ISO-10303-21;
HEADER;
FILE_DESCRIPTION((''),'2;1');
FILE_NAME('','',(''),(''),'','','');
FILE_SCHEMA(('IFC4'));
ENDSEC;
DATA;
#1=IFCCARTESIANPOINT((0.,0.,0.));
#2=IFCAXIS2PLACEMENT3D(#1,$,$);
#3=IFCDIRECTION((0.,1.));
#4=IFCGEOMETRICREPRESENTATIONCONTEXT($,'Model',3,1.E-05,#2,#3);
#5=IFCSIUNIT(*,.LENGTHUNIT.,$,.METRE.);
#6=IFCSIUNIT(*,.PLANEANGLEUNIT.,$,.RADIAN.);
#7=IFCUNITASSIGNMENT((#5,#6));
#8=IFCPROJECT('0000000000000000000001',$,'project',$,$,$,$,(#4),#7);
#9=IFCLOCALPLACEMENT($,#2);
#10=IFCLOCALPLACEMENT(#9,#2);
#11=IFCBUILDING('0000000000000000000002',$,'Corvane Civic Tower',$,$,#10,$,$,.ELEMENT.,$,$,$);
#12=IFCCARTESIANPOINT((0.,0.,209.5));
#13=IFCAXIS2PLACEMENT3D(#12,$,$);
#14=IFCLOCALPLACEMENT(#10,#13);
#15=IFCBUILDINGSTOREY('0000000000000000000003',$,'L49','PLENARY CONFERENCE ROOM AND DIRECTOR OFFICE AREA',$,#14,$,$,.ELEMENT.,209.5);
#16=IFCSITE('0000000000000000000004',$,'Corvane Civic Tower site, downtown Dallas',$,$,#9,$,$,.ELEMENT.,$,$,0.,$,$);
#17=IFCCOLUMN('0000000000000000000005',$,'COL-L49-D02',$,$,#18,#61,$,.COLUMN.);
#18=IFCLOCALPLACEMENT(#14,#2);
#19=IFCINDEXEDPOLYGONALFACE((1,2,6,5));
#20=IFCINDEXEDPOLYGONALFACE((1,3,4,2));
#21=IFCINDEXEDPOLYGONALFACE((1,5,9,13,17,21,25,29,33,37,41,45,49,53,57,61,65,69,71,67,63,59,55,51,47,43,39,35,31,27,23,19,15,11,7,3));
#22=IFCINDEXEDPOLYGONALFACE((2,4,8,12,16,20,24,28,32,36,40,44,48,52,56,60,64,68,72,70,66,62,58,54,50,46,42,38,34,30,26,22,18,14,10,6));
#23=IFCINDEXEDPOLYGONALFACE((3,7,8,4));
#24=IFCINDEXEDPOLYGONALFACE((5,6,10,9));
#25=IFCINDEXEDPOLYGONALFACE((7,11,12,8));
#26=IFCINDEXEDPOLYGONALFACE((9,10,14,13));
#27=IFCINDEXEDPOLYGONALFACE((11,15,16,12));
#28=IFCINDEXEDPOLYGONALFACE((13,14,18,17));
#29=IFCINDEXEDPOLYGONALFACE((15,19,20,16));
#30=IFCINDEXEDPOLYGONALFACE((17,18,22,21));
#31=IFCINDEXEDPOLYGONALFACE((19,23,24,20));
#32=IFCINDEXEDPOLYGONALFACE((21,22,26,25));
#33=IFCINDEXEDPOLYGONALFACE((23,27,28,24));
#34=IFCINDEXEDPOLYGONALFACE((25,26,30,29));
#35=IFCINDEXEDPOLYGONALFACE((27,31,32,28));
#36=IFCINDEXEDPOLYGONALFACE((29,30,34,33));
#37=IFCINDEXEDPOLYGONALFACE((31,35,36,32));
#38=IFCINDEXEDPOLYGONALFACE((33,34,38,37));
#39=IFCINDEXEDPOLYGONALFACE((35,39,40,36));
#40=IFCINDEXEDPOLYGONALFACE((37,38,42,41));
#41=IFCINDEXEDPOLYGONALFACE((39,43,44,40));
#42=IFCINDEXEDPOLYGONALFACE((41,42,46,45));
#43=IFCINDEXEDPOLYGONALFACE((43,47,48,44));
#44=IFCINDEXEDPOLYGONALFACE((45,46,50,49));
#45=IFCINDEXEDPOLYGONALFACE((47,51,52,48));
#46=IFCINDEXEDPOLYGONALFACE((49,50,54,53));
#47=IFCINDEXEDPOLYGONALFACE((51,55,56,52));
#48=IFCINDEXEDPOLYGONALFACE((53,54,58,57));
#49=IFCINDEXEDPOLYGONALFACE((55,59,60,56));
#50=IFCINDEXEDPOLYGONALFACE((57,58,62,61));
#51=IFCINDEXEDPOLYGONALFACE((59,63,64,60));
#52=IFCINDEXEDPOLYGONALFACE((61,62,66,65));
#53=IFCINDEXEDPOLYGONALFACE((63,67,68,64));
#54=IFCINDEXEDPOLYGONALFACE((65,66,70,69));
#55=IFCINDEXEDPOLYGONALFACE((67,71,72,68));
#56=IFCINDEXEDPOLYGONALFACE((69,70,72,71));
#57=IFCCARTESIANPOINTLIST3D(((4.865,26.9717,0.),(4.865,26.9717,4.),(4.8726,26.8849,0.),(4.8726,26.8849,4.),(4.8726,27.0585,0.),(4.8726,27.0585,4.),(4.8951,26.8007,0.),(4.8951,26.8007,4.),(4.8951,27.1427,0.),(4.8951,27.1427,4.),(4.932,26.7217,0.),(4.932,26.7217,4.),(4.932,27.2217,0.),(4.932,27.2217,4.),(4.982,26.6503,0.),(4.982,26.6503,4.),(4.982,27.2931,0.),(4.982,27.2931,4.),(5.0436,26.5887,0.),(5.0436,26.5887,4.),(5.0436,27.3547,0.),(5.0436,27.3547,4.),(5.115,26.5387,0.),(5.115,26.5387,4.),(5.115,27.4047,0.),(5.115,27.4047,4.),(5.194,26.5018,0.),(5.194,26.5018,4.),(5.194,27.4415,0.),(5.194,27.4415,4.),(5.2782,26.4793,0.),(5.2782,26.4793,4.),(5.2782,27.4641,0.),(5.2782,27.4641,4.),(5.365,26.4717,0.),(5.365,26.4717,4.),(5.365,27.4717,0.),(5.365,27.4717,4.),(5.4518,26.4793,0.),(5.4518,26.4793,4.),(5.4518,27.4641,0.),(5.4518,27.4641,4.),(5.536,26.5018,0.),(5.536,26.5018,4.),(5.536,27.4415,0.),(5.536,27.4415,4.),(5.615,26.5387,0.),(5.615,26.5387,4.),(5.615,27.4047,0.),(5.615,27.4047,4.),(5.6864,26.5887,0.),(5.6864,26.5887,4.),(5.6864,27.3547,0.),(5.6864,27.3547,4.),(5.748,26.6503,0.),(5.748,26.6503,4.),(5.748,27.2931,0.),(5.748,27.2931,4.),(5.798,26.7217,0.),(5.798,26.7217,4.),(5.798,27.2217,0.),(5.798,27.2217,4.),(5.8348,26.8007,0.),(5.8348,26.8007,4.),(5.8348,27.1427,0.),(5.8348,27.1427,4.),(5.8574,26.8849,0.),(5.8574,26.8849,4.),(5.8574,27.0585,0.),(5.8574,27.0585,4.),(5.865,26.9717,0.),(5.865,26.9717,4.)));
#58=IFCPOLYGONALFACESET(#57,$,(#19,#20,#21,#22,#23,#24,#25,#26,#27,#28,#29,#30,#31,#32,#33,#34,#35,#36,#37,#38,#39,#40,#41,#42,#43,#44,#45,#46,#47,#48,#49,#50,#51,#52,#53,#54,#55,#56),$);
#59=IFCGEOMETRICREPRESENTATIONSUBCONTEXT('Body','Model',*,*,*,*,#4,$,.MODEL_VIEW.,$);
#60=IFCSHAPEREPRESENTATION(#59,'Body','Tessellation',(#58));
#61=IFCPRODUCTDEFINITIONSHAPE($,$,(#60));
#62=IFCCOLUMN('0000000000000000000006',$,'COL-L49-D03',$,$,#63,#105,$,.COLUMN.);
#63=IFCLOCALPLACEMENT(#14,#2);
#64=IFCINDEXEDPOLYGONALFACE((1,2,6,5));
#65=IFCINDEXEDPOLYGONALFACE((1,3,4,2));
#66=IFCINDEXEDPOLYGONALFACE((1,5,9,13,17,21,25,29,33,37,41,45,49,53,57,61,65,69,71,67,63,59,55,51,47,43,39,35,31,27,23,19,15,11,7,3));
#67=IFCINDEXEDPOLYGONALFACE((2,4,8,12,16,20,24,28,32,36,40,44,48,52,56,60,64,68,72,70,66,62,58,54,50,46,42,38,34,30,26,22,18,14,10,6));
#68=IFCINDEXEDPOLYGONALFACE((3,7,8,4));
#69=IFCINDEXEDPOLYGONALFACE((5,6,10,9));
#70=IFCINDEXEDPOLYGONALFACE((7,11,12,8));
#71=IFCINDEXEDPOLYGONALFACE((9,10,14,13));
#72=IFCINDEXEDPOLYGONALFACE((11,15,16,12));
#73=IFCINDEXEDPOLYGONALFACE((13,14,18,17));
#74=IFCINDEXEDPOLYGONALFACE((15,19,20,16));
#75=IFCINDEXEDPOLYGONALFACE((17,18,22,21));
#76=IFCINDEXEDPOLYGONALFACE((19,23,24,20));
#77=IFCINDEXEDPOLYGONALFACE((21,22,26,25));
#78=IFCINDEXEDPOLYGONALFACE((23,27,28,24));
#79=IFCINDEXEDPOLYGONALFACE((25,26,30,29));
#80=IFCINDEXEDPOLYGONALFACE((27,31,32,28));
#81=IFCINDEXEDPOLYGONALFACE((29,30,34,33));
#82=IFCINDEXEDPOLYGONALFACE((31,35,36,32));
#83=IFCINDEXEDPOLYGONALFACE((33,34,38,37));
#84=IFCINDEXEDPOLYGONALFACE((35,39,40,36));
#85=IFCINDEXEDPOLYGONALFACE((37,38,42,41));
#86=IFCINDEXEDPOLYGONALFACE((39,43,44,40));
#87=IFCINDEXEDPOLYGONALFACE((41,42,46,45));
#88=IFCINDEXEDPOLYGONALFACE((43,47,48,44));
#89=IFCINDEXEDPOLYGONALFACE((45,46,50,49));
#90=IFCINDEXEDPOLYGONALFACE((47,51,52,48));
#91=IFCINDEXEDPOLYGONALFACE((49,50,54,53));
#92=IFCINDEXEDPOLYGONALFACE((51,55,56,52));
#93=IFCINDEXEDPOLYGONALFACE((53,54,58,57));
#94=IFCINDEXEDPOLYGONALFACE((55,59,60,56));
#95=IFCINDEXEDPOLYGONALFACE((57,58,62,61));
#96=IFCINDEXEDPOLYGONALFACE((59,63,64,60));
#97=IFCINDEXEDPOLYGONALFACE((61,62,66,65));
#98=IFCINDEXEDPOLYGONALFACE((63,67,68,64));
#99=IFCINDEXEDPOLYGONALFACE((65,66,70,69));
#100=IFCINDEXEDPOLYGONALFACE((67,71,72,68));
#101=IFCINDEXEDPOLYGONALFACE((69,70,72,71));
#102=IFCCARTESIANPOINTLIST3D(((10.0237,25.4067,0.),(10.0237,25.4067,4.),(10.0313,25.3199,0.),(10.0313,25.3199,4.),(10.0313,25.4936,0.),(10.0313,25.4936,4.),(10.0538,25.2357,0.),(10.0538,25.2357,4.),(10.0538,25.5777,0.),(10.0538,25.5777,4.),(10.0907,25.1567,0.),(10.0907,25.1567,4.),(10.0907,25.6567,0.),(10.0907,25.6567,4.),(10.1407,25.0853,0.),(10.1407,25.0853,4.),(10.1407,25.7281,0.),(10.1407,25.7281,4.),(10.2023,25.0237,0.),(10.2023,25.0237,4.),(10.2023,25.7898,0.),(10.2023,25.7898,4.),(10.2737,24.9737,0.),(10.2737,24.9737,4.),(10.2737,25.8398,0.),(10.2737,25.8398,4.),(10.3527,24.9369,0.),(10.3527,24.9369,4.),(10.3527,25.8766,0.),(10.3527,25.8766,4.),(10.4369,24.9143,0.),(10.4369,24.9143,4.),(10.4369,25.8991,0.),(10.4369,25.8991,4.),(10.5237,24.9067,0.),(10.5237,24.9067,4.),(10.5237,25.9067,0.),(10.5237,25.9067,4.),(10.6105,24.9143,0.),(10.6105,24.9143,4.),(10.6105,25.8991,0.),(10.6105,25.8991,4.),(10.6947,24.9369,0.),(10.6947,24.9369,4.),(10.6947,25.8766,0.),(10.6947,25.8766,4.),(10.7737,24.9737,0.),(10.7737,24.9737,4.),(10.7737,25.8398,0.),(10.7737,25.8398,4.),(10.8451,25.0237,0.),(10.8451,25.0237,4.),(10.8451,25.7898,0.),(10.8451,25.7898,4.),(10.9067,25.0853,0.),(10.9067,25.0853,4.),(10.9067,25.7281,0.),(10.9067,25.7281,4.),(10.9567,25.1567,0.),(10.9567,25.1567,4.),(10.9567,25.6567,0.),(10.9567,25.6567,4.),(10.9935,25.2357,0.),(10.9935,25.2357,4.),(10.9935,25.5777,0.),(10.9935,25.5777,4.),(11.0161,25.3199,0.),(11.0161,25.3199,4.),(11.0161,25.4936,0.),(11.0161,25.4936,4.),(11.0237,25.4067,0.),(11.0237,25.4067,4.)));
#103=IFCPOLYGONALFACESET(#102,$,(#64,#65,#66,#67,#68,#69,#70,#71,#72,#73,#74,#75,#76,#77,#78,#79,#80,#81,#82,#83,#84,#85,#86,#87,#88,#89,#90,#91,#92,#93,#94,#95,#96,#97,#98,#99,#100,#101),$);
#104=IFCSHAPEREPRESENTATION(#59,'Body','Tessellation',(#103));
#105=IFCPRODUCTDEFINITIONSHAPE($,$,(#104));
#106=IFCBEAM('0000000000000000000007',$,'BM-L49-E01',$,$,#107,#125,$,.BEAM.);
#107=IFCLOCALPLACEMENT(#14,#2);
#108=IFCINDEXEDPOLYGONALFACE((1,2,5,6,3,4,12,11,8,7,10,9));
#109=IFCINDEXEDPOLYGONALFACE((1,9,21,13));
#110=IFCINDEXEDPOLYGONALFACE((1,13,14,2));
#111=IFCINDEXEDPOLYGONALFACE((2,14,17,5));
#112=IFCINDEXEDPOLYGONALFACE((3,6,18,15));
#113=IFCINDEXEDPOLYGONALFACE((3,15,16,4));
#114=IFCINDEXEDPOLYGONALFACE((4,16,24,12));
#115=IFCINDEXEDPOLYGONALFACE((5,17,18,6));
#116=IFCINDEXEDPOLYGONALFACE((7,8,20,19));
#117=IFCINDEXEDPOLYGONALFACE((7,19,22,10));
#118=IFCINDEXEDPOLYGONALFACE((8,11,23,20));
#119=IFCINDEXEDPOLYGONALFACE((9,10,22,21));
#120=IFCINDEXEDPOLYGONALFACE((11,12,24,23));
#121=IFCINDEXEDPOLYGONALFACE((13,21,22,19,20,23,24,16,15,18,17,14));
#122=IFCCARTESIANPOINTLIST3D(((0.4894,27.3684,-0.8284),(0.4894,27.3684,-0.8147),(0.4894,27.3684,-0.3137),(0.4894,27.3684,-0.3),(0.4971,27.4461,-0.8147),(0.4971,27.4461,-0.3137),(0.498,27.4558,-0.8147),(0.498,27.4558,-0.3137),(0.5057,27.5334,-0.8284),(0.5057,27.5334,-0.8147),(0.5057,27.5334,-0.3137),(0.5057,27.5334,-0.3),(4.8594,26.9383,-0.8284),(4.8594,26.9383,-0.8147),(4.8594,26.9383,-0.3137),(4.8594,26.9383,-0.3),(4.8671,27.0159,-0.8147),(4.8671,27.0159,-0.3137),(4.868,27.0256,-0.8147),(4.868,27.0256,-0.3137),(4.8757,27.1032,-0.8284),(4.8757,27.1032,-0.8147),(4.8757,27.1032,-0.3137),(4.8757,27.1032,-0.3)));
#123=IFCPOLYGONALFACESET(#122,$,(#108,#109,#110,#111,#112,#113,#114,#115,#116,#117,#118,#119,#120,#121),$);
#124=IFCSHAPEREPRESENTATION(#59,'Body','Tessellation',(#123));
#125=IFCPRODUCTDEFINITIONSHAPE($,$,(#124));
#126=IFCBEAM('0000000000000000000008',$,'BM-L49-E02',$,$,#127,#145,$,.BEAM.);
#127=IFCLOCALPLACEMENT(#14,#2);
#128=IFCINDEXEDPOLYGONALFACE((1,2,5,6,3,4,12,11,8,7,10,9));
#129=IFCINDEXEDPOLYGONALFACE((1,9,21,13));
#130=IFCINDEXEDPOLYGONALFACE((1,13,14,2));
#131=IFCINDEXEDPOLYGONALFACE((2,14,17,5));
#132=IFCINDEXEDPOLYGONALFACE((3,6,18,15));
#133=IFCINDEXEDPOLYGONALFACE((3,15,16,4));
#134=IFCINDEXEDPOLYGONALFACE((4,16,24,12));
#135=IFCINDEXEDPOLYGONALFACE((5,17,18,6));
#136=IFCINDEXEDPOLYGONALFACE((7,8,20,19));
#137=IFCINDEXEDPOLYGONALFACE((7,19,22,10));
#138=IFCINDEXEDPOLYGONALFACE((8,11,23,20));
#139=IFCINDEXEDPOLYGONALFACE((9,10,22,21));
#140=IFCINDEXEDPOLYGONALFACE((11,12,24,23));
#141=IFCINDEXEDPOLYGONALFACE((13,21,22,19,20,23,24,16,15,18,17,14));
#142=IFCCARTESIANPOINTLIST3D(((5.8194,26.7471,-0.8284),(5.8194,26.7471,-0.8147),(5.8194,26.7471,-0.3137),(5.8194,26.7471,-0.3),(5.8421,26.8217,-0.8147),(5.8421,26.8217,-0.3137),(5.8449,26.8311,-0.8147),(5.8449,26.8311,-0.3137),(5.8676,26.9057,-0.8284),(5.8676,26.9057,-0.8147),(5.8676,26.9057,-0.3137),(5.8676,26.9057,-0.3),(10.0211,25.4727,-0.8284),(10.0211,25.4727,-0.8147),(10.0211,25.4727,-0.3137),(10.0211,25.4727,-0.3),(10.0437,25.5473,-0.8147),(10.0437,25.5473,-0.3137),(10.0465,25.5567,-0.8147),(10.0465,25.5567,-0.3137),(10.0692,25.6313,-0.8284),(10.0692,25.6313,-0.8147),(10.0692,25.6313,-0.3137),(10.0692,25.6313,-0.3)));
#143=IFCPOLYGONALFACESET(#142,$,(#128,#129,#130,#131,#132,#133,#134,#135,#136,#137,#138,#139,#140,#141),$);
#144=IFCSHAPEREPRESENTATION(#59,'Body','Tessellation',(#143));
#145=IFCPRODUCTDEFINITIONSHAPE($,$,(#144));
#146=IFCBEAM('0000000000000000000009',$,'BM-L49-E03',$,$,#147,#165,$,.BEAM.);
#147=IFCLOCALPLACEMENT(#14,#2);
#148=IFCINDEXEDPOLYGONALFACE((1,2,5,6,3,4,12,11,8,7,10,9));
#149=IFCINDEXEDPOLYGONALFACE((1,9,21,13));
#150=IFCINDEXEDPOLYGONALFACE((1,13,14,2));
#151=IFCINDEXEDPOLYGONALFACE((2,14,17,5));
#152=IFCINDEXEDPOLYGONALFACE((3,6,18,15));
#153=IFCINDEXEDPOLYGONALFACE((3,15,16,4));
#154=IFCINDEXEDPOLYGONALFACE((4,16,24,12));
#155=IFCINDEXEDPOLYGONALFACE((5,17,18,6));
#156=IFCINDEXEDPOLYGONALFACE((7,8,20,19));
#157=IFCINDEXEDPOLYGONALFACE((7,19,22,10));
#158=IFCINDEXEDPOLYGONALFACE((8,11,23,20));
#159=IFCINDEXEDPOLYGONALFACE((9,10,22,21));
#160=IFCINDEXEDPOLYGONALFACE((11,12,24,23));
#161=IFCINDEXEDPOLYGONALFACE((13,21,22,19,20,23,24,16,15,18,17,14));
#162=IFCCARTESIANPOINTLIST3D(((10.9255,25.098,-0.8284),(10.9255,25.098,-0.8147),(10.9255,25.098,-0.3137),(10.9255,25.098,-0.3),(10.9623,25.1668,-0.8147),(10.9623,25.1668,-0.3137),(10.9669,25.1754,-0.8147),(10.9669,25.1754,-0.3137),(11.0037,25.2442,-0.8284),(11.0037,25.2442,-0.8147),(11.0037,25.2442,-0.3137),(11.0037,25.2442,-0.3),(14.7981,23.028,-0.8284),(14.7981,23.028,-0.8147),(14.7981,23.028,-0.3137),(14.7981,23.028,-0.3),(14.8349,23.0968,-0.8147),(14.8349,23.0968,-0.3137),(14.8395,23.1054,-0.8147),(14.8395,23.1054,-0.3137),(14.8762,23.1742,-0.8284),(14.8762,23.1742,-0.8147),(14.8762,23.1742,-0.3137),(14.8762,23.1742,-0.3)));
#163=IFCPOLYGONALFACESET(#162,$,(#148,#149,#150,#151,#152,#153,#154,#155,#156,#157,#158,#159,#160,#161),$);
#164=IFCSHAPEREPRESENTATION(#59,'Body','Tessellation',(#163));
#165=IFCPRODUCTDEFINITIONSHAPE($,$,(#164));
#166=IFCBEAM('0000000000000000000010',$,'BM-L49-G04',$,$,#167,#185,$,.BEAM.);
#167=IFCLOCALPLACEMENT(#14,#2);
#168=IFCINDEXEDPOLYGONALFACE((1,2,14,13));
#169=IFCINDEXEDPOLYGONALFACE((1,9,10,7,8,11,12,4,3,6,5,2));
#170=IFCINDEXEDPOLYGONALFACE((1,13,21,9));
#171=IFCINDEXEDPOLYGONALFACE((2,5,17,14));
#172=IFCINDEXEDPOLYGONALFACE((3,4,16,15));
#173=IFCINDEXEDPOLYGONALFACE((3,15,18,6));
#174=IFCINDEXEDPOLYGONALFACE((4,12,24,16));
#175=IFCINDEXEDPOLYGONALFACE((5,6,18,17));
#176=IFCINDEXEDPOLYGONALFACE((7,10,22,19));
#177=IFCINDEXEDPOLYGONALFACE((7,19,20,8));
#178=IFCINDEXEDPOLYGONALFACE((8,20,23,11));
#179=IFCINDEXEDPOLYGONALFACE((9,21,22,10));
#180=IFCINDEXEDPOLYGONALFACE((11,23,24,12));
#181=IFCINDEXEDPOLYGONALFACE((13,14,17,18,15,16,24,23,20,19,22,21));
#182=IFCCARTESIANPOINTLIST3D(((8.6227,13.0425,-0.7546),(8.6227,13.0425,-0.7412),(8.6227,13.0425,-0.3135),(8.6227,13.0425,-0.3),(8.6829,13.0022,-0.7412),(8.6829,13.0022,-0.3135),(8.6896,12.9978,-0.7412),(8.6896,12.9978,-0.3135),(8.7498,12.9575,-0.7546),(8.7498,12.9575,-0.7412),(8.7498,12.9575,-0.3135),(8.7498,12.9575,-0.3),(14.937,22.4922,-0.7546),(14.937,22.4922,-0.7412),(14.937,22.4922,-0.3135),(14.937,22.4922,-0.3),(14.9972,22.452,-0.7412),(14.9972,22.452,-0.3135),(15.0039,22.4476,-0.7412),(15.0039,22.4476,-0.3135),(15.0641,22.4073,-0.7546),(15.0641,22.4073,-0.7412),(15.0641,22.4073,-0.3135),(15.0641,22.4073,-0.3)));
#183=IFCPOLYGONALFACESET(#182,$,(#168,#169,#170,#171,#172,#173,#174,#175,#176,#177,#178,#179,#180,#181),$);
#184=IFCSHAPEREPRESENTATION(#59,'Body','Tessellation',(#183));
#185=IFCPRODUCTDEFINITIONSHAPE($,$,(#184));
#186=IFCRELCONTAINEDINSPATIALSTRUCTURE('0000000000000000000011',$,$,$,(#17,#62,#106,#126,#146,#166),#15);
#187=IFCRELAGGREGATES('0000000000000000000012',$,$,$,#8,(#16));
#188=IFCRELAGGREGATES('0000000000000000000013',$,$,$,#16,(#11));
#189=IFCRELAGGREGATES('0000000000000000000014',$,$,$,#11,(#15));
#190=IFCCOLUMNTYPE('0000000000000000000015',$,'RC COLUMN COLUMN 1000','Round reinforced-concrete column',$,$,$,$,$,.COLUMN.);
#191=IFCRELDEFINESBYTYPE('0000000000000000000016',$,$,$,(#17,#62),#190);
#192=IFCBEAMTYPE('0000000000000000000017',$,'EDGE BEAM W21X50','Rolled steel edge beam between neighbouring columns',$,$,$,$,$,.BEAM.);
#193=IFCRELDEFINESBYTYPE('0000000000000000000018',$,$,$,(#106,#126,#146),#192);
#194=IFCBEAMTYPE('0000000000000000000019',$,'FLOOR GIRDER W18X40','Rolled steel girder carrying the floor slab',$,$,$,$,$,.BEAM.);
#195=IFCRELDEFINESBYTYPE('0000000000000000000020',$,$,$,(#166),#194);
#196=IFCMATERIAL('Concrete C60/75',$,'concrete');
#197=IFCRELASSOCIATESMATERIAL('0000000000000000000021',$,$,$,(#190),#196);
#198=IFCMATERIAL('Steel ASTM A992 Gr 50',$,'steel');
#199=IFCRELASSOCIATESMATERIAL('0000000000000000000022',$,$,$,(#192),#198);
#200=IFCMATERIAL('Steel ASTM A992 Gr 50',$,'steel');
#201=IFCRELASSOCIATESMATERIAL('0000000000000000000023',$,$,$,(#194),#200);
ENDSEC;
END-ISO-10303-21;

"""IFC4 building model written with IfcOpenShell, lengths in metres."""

from ifc_helpers import new_model, si_unit, direction, frame, origin, origin_2d, place, context, subcontext, project, spatial, circle, i_section, extrude, material, material_profile, profile_set, type_object, element, save


model = new_model("IFC4")

# Units and contexts
model_context = context("Model", 3, precision=1e-05, world=origin(), true_north=direction((0.0, 1.0)))
body_context = subcontext(model_context, "Body", "Model", "MODEL_VIEW")
ifc_project = project(units=[si_unit("LENGTHUNIT", "METRE"), si_unit("PLANEANGLEUNIT", "RADIAN")], contexts=[model_context])

# Site, building, storey
site_placement = place(None, origin())
site = spatial("IfcSite", under=ifc_project, at=site_placement, Name="Corvane Civic Tower site, downtown Dallas", CompositionType="ELEMENT", RefElevation=0.0)
building_placement = place(site_placement, origin())
building = spatial("IfcBuilding", under=site, at=building_placement, Name="Corvane Civic Tower", CompositionType="ELEMENT")
storey_placement = place(building_placement, frame((0.0, 0.0, 209.5)))
storey = spatial("IfcBuildingStorey", under=building, at=storey_placement, Name="L49", Description="PLENARY CONFERENCE ROOM AND DIRECTOR OFFICE AREA", CompositionType="ELEMENT", Elevation=209.5)

# Columns
ifc_material_1 = material(Name="Concrete C60/75", Category="concrete")
ifc_material_profile_1 = material_profile(ifc_material_1, circle(Radius=0.5, at=origin_2d()), Name="COLUMN 1000")
ifc_profile_set_1 = profile_set([ifc_material_profile_1], Name="Concrete C60/75")
column_type = type_object("IfcColumnType", Name="RC COLUMN COLUMN 1000", Description="Round reinforced-concrete column", PredefinedType="COLUMN", material=ifc_profile_set_1)
for number, where, z_axis, x_axis, name in (
    (1, (5.365, 26.9717, 0.0), (0.0, 0.0, 1.0), (1.0, 0.0, 0.0), "COL-L49-D02"),
    (2, (10.5237, 25.4067, 0.0), (0.0, 0.0, 1.0), (1.0, 0.0, 0.0), "COL-L49-D03"),
):
    element("IfcColumn", number, at=place(storey_placement, frame(where, z_axis=z_axis, x_axis=x_axis)), inside=storey, type_object=column_type, Name=name, PredefinedType="COLUMN", context=body_context, shape_type="SweptSolid", body=[
        extrude(circle(Radius=0.5, at=origin_2d()), origin(), (0.0, 0.0, 1.0), 4.0),
    ])

# Beams
ifc_material_2 = material(Name="Steel ASTM A992 Gr 50", Category="steel")
ifc_material_profile_2 = material_profile(ifc_material_2, i_section(OverallWidth=0.1658, OverallDepth=0.5283, WebThickness=0.0098, FlangeThickness=0.0137, at=origin_2d()), Name="W21X50")
ifc_profile_set_2 = profile_set([ifc_material_profile_2], Name="Steel ASTM A992 Gr 50")
beam_type_1 = type_object("IfcBeamType", Name="EDGE BEAM W21X50", Description="Rolled steel edge beam between neighbouring columns", PredefinedType="BEAM", material=ifc_profile_set_2)
beam_1_placement = place(storey_placement, frame((0.4976, 27.4509, -0.5642), z_axis=(0.99519, -0.097968, 0.0), x_axis=(0.097968, 0.99519, 0.0)))
element("IfcBeam", 3, at=beam_1_placement, inside=storey, type_object=beam_type_1, Name="BM-L49-E01", PredefinedType="BEAM", context=body_context, shape_type="SweptSolid", body=[
    extrude(i_section(OverallWidth=0.1658, OverallDepth=0.5283, WebThickness=0.0098, FlangeThickness=0.0137, at=origin_2d()), origin(), (0.0, 0.0, 1.0), 4.3911),
])
beam_2_placement = place(storey_placement, frame((5.8435, 26.8264, -0.5642), z_axis=(0.95695, -0.290254, 0.0), x_axis=(0.290254, 0.95695, 0.0)))
element("IfcBeam", 4, at=beam_2_placement, inside=storey, type_object=beam_type_1, Name="BM-L49-E02", PredefinedType="BEAM", context=body_context, shape_type="SweptSolid", body=[
    extrude(i_section(OverallWidth=0.1658, OverallDepth=0.5283, WebThickness=0.0098, FlangeThickness=0.0137, at=origin_2d()), origin(), (0.0, 0.0, 1.0), 4.3906),
])
beam_3_placement = place(storey_placement, frame((10.9646, 25.1711, -0.5642), z_axis=(0.881908, -0.471422, 0.0), x_axis=(0.471422, 0.881908, 0.0)))
element("IfcBeam", 5, at=beam_3_placement, inside=storey, type_object=beam_type_1, Name="BM-L49-E03", PredefinedType="BEAM", context=body_context, shape_type="SweptSolid", body=[
    extrude(i_section(OverallWidth=0.1658, OverallDepth=0.5283, WebThickness=0.0098, FlangeThickness=0.0137, at=origin_2d()), origin(), (0.0, 0.0, 1.0), 4.3911),
])
ifc_material_3 = material(Name="Steel ASTM A992 Gr 50", Category="steel")
ifc_material_profile_3 = material_profile(ifc_material_3, i_section(OverallWidth=0.1528, OverallDepth=0.4546, WebThickness=0.0081, FlangeThickness=0.0134, at=origin_2d()), Name="W18X40")
ifc_profile_set_3 = profile_set([ifc_material_profile_3], Name="Steel ASTM A992 Gr 50")
beam_type_2 = type_object("IfcBeamType", Name="FLOOR GIRDER W18X40", Description="Rolled steel girder carrying the floor slab", PredefinedType="BEAM", material=ifc_profile_set_3)
beam_4_placement = place(storey_placement, frame((8.6863, 13.0, -0.5273), z_axis=(0.555577, 0.831465, 0.0), x_axis=(-0.831465, 0.555577, 0.0)))
element("IfcBeam", 6, at=beam_4_placement, inside=storey, type_object=beam_type_2, Name="BM-L49-G04", PredefinedType="BEAM", context=body_context, shape_type="SweptSolid", body=[
    extrude(i_section(OverallWidth=0.1528, OverallDepth=0.4546, WebThickness=0.0081, FlangeThickness=0.0134, at=origin_2d()), origin(), (0.0, 0.0, 1.0), 11.3652),
])

save(model, "model.ifc")
